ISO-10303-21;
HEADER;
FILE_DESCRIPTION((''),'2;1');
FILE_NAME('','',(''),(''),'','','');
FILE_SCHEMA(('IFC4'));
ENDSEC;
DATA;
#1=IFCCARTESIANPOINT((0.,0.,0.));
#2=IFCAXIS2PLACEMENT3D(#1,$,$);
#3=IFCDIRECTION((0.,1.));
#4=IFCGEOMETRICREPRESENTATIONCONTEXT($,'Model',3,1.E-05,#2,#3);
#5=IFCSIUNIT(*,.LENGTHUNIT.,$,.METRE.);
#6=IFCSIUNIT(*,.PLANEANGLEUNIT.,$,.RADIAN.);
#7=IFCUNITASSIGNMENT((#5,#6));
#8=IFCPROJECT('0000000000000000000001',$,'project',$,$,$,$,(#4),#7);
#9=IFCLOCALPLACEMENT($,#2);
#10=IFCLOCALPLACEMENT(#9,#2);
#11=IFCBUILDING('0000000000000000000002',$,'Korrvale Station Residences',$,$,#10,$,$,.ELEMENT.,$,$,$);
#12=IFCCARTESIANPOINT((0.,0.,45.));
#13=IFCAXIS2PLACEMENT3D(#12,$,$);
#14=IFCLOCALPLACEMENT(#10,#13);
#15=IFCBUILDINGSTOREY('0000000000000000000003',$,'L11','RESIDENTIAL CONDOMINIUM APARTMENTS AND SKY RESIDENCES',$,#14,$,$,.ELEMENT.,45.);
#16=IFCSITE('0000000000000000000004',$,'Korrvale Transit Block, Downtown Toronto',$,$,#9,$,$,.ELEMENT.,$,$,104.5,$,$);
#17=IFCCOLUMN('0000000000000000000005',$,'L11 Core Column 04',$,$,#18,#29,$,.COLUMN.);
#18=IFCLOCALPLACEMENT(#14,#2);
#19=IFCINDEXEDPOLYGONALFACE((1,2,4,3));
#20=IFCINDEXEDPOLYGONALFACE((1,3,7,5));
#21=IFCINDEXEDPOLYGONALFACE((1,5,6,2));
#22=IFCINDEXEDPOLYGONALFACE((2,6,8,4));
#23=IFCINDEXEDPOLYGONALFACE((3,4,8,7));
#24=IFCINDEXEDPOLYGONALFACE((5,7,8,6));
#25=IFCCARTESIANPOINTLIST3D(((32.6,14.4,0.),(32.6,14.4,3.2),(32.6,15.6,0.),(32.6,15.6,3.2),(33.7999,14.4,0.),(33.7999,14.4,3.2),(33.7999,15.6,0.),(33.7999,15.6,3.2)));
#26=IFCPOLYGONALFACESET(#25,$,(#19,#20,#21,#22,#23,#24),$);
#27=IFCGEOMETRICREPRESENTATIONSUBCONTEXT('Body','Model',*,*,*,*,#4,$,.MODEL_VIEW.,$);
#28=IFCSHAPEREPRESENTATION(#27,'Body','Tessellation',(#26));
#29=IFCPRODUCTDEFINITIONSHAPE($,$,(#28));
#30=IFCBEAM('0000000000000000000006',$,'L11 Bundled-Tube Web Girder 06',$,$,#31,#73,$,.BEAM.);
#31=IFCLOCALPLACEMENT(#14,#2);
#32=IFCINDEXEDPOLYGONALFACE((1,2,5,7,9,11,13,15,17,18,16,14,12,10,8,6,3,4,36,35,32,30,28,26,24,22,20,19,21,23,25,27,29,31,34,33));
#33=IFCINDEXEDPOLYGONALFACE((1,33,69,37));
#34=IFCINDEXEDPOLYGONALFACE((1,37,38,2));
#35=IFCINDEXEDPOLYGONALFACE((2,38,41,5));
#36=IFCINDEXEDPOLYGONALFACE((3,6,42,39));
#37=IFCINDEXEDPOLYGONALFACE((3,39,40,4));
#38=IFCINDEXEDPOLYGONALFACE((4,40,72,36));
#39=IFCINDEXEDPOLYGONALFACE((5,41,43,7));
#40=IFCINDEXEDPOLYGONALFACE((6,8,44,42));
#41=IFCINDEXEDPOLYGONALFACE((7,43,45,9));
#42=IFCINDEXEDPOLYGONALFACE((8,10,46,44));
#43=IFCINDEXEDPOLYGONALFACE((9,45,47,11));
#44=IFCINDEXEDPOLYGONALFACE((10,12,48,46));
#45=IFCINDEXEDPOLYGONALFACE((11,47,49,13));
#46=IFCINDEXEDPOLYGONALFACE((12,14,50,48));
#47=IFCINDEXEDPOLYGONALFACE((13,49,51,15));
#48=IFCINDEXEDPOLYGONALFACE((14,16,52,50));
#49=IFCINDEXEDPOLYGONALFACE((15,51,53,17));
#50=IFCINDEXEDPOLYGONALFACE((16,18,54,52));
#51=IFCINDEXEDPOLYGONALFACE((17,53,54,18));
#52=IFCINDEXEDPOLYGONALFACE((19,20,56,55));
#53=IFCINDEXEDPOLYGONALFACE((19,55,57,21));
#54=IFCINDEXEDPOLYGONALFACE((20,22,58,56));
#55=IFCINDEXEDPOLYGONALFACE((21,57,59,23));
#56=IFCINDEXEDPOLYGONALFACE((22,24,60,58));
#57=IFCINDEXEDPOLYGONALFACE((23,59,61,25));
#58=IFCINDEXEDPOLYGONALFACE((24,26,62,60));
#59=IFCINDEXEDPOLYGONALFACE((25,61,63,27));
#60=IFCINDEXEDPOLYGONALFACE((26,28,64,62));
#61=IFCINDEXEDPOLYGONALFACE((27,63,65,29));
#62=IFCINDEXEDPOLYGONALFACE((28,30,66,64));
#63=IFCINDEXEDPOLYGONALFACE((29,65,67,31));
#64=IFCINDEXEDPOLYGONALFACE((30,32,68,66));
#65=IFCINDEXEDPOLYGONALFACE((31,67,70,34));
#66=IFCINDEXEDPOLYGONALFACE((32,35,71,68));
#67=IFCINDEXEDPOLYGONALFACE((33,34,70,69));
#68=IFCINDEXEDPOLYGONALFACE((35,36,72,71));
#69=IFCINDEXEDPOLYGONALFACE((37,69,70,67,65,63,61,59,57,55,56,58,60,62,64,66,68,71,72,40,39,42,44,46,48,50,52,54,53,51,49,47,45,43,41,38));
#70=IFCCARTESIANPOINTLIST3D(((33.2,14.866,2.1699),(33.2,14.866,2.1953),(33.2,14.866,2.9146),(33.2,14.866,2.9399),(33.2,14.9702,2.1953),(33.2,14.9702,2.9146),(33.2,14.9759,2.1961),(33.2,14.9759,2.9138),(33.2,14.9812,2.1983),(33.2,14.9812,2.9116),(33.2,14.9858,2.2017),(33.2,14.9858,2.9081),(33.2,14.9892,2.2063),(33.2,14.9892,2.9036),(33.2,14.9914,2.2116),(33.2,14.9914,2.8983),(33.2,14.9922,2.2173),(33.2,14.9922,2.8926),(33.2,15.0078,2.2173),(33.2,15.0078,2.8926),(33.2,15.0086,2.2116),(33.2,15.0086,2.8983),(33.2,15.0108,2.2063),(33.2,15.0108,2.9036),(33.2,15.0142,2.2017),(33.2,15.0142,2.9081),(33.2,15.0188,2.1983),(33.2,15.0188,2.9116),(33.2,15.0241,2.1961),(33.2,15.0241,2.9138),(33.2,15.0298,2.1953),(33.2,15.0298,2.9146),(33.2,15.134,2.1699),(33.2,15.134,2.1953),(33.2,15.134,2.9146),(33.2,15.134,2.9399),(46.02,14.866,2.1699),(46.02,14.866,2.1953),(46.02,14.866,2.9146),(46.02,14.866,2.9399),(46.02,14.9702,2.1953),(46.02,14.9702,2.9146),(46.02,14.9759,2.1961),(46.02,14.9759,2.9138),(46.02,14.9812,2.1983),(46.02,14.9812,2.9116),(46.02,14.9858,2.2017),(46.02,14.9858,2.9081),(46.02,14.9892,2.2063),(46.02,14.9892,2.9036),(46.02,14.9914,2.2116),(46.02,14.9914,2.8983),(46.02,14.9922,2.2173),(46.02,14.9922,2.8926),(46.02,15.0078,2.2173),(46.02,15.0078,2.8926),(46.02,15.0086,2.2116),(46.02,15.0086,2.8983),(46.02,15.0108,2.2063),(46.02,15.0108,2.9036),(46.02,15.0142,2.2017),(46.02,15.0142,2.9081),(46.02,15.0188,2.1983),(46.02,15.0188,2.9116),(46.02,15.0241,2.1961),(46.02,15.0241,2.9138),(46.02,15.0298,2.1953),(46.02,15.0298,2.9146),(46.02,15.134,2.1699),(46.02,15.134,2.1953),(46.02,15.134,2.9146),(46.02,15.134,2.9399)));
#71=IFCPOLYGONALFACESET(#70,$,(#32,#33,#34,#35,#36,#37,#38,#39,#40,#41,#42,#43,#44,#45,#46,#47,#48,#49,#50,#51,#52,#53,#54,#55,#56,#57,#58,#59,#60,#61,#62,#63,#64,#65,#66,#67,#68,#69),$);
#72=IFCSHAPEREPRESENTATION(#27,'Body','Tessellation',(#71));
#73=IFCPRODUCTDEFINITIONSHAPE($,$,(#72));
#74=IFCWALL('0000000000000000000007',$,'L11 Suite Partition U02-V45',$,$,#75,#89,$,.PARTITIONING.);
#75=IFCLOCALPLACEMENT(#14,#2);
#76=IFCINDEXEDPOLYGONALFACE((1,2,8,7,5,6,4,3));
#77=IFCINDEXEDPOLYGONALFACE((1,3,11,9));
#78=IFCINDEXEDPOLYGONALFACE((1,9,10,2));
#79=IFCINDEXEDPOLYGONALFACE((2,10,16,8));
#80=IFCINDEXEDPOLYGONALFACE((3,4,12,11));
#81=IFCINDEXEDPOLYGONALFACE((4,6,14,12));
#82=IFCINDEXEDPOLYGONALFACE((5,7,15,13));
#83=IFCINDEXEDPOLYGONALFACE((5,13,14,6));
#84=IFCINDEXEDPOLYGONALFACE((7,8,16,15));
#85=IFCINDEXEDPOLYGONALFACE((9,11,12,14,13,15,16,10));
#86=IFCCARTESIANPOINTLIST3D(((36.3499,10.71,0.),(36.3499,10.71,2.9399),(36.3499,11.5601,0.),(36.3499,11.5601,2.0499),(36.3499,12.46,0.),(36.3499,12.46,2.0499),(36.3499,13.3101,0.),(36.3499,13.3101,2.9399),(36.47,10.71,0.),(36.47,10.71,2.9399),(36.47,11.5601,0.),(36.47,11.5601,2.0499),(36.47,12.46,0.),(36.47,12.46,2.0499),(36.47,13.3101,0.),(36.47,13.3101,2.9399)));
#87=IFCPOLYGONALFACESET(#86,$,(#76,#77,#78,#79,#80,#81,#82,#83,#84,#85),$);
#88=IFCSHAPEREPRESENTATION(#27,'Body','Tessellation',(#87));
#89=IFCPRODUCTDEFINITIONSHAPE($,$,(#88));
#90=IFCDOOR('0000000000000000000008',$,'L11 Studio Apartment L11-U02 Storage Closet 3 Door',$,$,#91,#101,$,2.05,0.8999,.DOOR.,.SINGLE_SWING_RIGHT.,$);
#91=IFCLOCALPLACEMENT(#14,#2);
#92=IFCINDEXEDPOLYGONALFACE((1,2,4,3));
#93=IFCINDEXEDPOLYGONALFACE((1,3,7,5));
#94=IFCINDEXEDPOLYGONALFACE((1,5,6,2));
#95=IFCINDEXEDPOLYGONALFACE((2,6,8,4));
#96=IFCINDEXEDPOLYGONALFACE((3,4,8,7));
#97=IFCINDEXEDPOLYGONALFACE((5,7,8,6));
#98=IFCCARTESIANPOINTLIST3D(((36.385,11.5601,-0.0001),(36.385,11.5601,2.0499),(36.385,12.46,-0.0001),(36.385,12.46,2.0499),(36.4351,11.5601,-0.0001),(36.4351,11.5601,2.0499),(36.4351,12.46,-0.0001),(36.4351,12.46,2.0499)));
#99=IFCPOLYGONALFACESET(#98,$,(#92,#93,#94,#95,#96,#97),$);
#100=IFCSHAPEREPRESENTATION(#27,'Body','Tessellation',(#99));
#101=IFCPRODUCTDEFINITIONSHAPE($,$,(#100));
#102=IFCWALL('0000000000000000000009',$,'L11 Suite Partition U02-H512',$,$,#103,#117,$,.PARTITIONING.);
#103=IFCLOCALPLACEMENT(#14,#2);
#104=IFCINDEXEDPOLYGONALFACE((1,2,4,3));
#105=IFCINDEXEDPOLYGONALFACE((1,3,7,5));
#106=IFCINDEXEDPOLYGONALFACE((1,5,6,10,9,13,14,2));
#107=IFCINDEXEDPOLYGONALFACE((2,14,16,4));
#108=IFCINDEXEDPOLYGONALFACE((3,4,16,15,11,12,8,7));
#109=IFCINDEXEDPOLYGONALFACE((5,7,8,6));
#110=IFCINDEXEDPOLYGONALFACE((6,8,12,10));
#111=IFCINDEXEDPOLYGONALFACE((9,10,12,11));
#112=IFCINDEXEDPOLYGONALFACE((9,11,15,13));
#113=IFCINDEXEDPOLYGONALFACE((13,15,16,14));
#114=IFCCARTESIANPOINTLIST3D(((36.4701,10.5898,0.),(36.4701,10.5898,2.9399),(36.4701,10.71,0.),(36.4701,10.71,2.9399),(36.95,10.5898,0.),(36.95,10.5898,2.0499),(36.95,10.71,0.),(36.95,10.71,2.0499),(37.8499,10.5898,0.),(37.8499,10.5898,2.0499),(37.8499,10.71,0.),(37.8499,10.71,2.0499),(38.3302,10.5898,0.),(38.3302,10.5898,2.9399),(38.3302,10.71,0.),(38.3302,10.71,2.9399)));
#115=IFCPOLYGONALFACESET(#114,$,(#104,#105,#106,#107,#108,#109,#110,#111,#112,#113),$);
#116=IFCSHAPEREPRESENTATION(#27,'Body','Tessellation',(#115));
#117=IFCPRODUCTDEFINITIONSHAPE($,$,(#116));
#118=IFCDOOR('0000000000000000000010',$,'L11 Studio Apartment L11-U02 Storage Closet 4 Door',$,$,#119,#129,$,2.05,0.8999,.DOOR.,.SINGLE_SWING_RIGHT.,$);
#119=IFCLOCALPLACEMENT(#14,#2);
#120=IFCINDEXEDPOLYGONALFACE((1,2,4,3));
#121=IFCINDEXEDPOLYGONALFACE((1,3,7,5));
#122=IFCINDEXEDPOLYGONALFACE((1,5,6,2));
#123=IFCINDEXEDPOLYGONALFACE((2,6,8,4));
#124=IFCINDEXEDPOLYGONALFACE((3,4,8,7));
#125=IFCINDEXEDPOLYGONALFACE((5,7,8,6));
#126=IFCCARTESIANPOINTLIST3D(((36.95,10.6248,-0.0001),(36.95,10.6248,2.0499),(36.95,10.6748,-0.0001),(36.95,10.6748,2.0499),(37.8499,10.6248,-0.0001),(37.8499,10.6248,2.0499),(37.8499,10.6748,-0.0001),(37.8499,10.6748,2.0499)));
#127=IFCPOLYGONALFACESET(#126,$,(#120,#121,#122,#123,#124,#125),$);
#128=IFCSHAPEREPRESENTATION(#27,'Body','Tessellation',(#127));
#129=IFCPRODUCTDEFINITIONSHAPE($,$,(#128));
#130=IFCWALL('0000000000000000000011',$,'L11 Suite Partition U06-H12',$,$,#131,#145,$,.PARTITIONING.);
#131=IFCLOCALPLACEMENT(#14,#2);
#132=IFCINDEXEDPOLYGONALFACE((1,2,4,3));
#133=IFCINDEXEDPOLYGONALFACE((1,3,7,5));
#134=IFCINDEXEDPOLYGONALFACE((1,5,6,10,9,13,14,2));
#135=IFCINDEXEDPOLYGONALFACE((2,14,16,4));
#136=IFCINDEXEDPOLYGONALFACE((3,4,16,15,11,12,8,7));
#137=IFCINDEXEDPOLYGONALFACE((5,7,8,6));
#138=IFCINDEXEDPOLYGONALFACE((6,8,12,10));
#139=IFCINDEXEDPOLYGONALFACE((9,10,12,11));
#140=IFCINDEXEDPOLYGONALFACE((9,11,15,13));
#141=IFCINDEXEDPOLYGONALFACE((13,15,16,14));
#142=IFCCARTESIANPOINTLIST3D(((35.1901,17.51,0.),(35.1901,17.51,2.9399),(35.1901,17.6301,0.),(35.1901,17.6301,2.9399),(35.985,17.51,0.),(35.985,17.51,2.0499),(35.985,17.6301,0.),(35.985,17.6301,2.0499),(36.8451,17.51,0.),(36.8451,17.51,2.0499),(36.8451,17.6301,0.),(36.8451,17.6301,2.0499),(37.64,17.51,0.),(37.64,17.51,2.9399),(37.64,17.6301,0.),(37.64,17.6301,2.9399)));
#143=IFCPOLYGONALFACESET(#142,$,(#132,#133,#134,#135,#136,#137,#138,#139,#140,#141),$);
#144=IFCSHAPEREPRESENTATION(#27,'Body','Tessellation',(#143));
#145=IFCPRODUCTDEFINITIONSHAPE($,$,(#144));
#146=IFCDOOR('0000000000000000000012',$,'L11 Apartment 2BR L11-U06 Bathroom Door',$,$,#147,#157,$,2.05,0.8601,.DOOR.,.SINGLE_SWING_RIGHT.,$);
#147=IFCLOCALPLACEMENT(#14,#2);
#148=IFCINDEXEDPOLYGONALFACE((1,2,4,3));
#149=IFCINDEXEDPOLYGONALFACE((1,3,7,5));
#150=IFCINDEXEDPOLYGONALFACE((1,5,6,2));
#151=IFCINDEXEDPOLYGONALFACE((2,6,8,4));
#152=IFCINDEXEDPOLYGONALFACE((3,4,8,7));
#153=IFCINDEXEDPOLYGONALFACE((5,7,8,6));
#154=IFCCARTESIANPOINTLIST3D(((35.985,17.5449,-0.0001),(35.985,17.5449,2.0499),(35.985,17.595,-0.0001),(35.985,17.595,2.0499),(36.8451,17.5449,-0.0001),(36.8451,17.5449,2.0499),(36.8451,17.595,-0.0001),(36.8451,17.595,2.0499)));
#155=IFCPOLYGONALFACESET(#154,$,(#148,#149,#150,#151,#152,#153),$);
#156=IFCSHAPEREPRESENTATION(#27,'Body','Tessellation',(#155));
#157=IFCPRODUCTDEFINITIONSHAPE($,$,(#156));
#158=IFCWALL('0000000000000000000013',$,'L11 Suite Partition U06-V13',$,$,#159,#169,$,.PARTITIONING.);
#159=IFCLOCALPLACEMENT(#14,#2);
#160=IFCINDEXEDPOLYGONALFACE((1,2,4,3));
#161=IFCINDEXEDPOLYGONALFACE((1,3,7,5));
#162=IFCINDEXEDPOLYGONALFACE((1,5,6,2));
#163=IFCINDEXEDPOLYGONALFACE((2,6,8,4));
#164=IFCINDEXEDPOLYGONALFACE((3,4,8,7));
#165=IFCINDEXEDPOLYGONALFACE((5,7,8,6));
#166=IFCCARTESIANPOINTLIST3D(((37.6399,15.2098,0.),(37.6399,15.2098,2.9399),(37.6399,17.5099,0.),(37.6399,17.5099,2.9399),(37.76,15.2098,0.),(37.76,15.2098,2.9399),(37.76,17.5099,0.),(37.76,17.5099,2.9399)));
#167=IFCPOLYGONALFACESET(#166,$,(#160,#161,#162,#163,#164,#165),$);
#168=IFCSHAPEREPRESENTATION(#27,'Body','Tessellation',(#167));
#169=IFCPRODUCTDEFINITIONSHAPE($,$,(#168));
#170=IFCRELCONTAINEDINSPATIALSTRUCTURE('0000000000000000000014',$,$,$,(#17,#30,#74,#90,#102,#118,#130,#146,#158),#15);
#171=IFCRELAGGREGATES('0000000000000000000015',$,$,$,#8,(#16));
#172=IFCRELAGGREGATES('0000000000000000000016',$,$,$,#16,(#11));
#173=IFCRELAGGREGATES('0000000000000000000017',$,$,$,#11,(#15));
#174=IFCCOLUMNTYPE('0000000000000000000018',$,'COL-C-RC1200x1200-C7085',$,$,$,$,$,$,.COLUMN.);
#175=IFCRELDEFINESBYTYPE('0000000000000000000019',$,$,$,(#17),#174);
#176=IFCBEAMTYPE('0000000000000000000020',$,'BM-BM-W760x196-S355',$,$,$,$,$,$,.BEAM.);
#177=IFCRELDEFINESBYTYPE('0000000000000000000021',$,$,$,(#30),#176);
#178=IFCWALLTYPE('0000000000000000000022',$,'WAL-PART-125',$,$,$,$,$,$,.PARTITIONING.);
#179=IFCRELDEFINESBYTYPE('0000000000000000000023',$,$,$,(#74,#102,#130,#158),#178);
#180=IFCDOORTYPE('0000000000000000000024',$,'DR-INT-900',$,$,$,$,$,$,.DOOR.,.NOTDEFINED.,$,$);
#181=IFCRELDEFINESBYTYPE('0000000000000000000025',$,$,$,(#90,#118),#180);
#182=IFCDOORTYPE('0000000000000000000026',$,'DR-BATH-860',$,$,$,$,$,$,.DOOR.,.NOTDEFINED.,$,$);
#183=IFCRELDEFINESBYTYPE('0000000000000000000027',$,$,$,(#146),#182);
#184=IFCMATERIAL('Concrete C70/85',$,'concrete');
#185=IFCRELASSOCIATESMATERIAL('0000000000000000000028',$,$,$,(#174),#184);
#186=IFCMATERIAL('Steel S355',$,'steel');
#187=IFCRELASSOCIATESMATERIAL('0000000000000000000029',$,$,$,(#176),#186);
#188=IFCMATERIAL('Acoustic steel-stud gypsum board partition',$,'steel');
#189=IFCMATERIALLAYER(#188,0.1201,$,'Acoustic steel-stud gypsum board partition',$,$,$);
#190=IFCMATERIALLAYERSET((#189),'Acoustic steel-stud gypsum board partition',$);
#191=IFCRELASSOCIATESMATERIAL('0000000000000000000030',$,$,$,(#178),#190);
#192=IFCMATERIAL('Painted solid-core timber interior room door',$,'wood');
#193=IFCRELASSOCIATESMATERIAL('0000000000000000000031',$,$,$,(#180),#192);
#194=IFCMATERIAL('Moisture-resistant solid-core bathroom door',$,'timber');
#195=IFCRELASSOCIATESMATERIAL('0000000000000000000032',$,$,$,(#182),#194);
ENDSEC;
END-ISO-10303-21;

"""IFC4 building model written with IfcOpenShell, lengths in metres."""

from ifc_helpers import new_model, si_unit, direction, frame, frame_2d, origin, origin_2d, place, context, subcontext, project, spatial, rectangle, i_section, extrude, material, layer, layer_set, material_profile, profile_set, type_object, element, fill, save


model = new_model("IFC4")

# Units and contexts
model_context = context("Model", 3, precision=1e-05, world=origin(), true_north=direction((0.0, 1.0)))
body_context = subcontext(model_context, "Body", "Model", "MODEL_VIEW")
ifc_project = project(units=[si_unit("LENGTHUNIT", "METRE"), si_unit("PLANEANGLEUNIT", "RADIAN")], contexts=[model_context])

# Site, building, storey
site_placement = place(None, origin())
site = spatial("IfcSite", under=ifc_project, at=site_placement, Name="Korrvale Transit Block, Downtown Toronto", CompositionType="ELEMENT", RefElevation=104.5)
building_placement = place(site_placement, origin())
building = spatial("IfcBuilding", under=site, at=building_placement, Name="Korrvale Station Residences", CompositionType="ELEMENT")
storey_placement = place(building_placement, frame((0.0, 0.0, 45.0)))
storey = spatial("IfcBuildingStorey", under=building, at=storey_placement, Name="L11", Description="RESIDENTIAL CONDOMINIUM APARTMENTS AND SKY RESIDENCES", CompositionType="ELEMENT", Elevation=45.0)

# Column
ifc_material_1 = material(Name="Concrete C70/85", Category="concrete")
ifc_material_profile_1 = material_profile(ifc_material_1, rectangle(XDim=1.2, YDim=1.2, at=origin_2d()), Name="RC1200x1200")
ifc_profile_set_1 = profile_set([ifc_material_profile_1], Name="Concrete C70/85")
column_type = type_object("IfcColumnType", Name="COL-C-RC1200x1200-C7085", PredefinedType="COLUMN", material=ifc_profile_set_1)
column_placement = place(storey_placement, frame((33.2, 15.0, 0.0), z_axis=(0.0, 0.0, 1.0), x_axis=(1.0, 0.0, 0.0)))
element("IfcColumn", 1, at=column_placement, inside=storey, type_object=column_type, Name="L11 Core Column 04", PredefinedType="COLUMN", context=body_context, shape_type="SweptSolid", body=[
    extrude(rectangle(XDim=1.2, YDim=1.2, at=origin_2d()), origin(), (0.0, 0.0, 1.0), 3.2),
])

# Beam
ifc_material_2 = material(Name="Steel S355", Category="steel")
ifc_material_profile_2 = material_profile(ifc_material_2, i_section(OverallWidth=0.2681, OverallDepth=0.77, WebThickness=0.0156, FlangeThickness=0.0254, FilletRadius=0.022, at=origin_2d()), Name="W760x196")
ifc_profile_set_2 = profile_set([ifc_material_profile_2], Name="Steel S355")
beam_type = type_object("IfcBeamType", Name="BM-BM-W760x196-S355", PredefinedType="BEAM", material=ifc_profile_set_2)
beam_placement = place(storey_placement, frame((33.2, 15.0, 2.5549), z_axis=(1.0, 0.0, 0.0), x_axis=(0.0, 1.0, 0.0)))
element("IfcBeam", 2, at=beam_placement, inside=storey, type_object=beam_type, Name="L11 Bundled-Tube Web Girder 06", PredefinedType="BEAM", context=body_context, shape_type="SweptSolid", body=[
    extrude(i_section(OverallWidth=0.2681, OverallDepth=0.77, WebThickness=0.0156, FlangeThickness=0.0254, FilletRadius=0.022, at=origin_2d()), origin(), (0.0, 0.0, 1.0), 12.8201),
])

# Walls, openings, doors
ifc_material_3 = material(Name="Acoustic steel-stud gypsum board partition", Category="steel")
ifc_layer_1 = layer(ifc_material_3, 0.1201, Name="Acoustic steel-stud gypsum board partition")
ifc_layer_set_1 = layer_set([ifc_layer_1], Name="Acoustic steel-stud gypsum board partition")
wall_type_1 = type_object("IfcWallType", Name="WAL-PART-125", PredefinedType="PARTITIONING", material=ifc_layer_set_1)
wall_1_placement = place(storey_placement, frame((36.4099, 10.71, 0.0), z_axis=(0.0, 0.0, 1.0), x_axis=(0.0, 1.0, 0.0)))
wall_1 = element("IfcWall", 3, at=wall_1_placement, inside=storey, type_object=wall_type_1, Name="L11 Suite Partition U02-V45", PredefinedType="PARTITIONING", context=body_context, shape_type="SweptSolid", body=[
    extrude(rectangle(XDim=2.6001, YDim=0.1201, at=frame_2d((1.3, 0.0))), origin(), (0.0, 0.0, 1.0), 2.9399),
])
opening_1_placement = place(wall_1_placement, frame((0.8501, 0.0, 0.0)))
opening_1 = element("IfcOpeningElement", 4, at=opening_1_placement, cuts=wall_1, PredefinedType="OPENING", context=body_context, shape_type="SweptSolid", body=[
    extrude(rectangle(XDim=0.8999, YDim=2.05, at=frame_2d((0.45, 1.0249))), frame((0.0, 0.0701, 0.0), z_axis=(0.0, -1.0, 0.0), x_axis=(1.0, 0.0, 0.0)), (0.0, 0.0, 1.0), 0.1401),
])
ifc_material_4 = material(Name="Painted solid-core timber interior room door", Category="wood")
door_type_1 = type_object("IfcDoorType", Name="DR-INT-900", OperationType="NOTDEFINED", PredefinedType="DOOR", material=ifc_material_4)
door_1_placement = place(opening_1_placement, origin())
door_1 = element("IfcDoor", 5, at=door_1_placement, inside=storey, type_object=door_type_1, Name="L11 Studio Apartment L11-U02 Storage Closet 3 Door", OperationType="SINGLE_SWING_RIGHT", OverallHeight=2.05, OverallWidth=0.8999, PredefinedType="DOOR", context=body_context, shape_type="SweptSolid", body=[
    extrude(rectangle(XDim=0.8999, YDim=2.05, at=frame_2d((0.45, 1.0249))), frame((0.0, 0.0249, 0.0), z_axis=(0.0, -1.0, 0.0), x_axis=(1.0, 0.0, 0.0)), (0.0, 0.0, 1.0), 0.05),
])
fill(opening_1, door_1)
wall_2_placement = place(storey_placement, frame((36.47, 10.6499, 0.0), z_axis=(0.0, 0.0, 1.0), x_axis=(1.0, 0.0, 0.0)))
wall_2 = element("IfcWall", 6, at=wall_2_placement, inside=storey, type_object=wall_type_1, Name="L11 Suite Partition U02-H512", PredefinedType="PARTITIONING", context=body_context, shape_type="SweptSolid", body=[
    extrude(rectangle(XDim=1.8601, YDim=0.1201, at=frame_2d((0.9302, 0.0))), origin(), (0.0, 0.0, 1.0), 2.9399),
])
opening_2_placement = place(wall_2_placement, frame((0.48, 0.0, 0.0)))
opening_2 = element("IfcOpeningElement", 7, at=opening_2_placement, cuts=wall_2, PredefinedType="OPENING", context=body_context, shape_type="SweptSolid", body=[
    extrude(rectangle(XDim=0.8999, YDim=2.05, at=frame_2d((0.45, 1.0249))), frame((0.0, 0.0701, 0.0), z_axis=(0.0, -1.0, 0.0), x_axis=(1.0, 0.0, 0.0)), (0.0, 0.0, 1.0), 0.1401),
])
door_2_placement = place(opening_2_placement, origin())
door_2 = element("IfcDoor", 8, at=door_2_placement, inside=storey, type_object=door_type_1, Name="L11 Studio Apartment L11-U02 Storage Closet 4 Door", OperationType="SINGLE_SWING_RIGHT", OverallHeight=2.05, OverallWidth=0.8999, PredefinedType="DOOR", context=body_context, shape_type="SweptSolid", body=[
    extrude(rectangle(XDim=0.8999, YDim=2.05, at=frame_2d((0.45, 1.0249))), frame((0.0, 0.0249, 0.0), z_axis=(0.0, -1.0, 0.0), x_axis=(1.0, 0.0, 0.0)), (0.0, 0.0, 1.0), 0.05),
])
fill(opening_2, door_2)
wall_3_placement = place(storey_placement, frame((35.1899, 17.5701, 0.0), z_axis=(0.0, 0.0, 1.0), x_axis=(1.0, 0.0, 0.0)))
wall_3 = element("IfcWall", 9, at=wall_3_placement, inside=storey, type_object=wall_type_1, Name="L11 Suite Partition U06-H12", PredefinedType="PARTITIONING", context=body_context, shape_type="SweptSolid", body=[
    extrude(rectangle(XDim=2.45, YDim=0.1201, at=frame_2d((1.2251, 0.0))), origin(), (0.0, 0.0, 1.0), 2.9399),
])
opening_3_placement = place(wall_3_placement, frame((0.7949, 0.0, 0.0)))
opening_3 = element("IfcOpeningElement", 10, at=opening_3_placement, cuts=wall_3, PredefinedType="OPENING", context=body_context, shape_type="SweptSolid", body=[
    extrude(rectangle(XDim=0.8601, YDim=2.05, at=frame_2d((0.4302, 1.0249))), frame((0.0, 0.0701, 0.0), z_axis=(0.0, -1.0, 0.0), x_axis=(1.0, 0.0, 0.0)), (0.0, 0.0, 1.0), 0.1401),
])
ifc_material_5 = material(Name="Moisture-resistant solid-core bathroom door", Category="timber")
door_type_2 = type_object("IfcDoorType", Name="DR-BATH-860", OperationType="NOTDEFINED", PredefinedType="DOOR", material=ifc_material_5)
door_3_placement = place(opening_3_placement, origin())
door_3 = element("IfcDoor", 11, at=door_3_placement, inside=storey, type_object=door_type_2, Name="L11 Apartment 2BR L11-U06 Bathroom Door", OperationType="SINGLE_SWING_RIGHT", OverallHeight=2.05, OverallWidth=0.8601, PredefinedType="DOOR", context=body_context, shape_type="SweptSolid", body=[
    extrude(rectangle(XDim=0.8601, YDim=2.05, at=frame_2d((0.4302, 1.0249))), frame((0.0, 0.0249, 0.0), z_axis=(0.0, -1.0, 0.0), x_axis=(1.0, 0.0, 0.0)), (0.0, 0.0, 1.0), 0.05),
])
fill(opening_3, door_3)

# Wall
wall_4_placement = place(storey_placement, frame((37.7, 15.21, 0.0), z_axis=(0.0, 0.0, 1.0), x_axis=(0.0, 1.0, 0.0)))
element("IfcWall", 12, at=wall_4_placement, inside=storey, type_object=wall_type_1, Name="L11 Suite Partition U06-V13", PredefinedType="PARTITIONING", context=body_context, shape_type="SweptSolid", body=[
    extrude(rectangle(XDim=2.3, YDim=0.1201, at=frame_2d((1.1499, 0.0))), origin(), (0.0, 0.0, 1.0), 2.9399),
])

save(model, "model.ifc")
